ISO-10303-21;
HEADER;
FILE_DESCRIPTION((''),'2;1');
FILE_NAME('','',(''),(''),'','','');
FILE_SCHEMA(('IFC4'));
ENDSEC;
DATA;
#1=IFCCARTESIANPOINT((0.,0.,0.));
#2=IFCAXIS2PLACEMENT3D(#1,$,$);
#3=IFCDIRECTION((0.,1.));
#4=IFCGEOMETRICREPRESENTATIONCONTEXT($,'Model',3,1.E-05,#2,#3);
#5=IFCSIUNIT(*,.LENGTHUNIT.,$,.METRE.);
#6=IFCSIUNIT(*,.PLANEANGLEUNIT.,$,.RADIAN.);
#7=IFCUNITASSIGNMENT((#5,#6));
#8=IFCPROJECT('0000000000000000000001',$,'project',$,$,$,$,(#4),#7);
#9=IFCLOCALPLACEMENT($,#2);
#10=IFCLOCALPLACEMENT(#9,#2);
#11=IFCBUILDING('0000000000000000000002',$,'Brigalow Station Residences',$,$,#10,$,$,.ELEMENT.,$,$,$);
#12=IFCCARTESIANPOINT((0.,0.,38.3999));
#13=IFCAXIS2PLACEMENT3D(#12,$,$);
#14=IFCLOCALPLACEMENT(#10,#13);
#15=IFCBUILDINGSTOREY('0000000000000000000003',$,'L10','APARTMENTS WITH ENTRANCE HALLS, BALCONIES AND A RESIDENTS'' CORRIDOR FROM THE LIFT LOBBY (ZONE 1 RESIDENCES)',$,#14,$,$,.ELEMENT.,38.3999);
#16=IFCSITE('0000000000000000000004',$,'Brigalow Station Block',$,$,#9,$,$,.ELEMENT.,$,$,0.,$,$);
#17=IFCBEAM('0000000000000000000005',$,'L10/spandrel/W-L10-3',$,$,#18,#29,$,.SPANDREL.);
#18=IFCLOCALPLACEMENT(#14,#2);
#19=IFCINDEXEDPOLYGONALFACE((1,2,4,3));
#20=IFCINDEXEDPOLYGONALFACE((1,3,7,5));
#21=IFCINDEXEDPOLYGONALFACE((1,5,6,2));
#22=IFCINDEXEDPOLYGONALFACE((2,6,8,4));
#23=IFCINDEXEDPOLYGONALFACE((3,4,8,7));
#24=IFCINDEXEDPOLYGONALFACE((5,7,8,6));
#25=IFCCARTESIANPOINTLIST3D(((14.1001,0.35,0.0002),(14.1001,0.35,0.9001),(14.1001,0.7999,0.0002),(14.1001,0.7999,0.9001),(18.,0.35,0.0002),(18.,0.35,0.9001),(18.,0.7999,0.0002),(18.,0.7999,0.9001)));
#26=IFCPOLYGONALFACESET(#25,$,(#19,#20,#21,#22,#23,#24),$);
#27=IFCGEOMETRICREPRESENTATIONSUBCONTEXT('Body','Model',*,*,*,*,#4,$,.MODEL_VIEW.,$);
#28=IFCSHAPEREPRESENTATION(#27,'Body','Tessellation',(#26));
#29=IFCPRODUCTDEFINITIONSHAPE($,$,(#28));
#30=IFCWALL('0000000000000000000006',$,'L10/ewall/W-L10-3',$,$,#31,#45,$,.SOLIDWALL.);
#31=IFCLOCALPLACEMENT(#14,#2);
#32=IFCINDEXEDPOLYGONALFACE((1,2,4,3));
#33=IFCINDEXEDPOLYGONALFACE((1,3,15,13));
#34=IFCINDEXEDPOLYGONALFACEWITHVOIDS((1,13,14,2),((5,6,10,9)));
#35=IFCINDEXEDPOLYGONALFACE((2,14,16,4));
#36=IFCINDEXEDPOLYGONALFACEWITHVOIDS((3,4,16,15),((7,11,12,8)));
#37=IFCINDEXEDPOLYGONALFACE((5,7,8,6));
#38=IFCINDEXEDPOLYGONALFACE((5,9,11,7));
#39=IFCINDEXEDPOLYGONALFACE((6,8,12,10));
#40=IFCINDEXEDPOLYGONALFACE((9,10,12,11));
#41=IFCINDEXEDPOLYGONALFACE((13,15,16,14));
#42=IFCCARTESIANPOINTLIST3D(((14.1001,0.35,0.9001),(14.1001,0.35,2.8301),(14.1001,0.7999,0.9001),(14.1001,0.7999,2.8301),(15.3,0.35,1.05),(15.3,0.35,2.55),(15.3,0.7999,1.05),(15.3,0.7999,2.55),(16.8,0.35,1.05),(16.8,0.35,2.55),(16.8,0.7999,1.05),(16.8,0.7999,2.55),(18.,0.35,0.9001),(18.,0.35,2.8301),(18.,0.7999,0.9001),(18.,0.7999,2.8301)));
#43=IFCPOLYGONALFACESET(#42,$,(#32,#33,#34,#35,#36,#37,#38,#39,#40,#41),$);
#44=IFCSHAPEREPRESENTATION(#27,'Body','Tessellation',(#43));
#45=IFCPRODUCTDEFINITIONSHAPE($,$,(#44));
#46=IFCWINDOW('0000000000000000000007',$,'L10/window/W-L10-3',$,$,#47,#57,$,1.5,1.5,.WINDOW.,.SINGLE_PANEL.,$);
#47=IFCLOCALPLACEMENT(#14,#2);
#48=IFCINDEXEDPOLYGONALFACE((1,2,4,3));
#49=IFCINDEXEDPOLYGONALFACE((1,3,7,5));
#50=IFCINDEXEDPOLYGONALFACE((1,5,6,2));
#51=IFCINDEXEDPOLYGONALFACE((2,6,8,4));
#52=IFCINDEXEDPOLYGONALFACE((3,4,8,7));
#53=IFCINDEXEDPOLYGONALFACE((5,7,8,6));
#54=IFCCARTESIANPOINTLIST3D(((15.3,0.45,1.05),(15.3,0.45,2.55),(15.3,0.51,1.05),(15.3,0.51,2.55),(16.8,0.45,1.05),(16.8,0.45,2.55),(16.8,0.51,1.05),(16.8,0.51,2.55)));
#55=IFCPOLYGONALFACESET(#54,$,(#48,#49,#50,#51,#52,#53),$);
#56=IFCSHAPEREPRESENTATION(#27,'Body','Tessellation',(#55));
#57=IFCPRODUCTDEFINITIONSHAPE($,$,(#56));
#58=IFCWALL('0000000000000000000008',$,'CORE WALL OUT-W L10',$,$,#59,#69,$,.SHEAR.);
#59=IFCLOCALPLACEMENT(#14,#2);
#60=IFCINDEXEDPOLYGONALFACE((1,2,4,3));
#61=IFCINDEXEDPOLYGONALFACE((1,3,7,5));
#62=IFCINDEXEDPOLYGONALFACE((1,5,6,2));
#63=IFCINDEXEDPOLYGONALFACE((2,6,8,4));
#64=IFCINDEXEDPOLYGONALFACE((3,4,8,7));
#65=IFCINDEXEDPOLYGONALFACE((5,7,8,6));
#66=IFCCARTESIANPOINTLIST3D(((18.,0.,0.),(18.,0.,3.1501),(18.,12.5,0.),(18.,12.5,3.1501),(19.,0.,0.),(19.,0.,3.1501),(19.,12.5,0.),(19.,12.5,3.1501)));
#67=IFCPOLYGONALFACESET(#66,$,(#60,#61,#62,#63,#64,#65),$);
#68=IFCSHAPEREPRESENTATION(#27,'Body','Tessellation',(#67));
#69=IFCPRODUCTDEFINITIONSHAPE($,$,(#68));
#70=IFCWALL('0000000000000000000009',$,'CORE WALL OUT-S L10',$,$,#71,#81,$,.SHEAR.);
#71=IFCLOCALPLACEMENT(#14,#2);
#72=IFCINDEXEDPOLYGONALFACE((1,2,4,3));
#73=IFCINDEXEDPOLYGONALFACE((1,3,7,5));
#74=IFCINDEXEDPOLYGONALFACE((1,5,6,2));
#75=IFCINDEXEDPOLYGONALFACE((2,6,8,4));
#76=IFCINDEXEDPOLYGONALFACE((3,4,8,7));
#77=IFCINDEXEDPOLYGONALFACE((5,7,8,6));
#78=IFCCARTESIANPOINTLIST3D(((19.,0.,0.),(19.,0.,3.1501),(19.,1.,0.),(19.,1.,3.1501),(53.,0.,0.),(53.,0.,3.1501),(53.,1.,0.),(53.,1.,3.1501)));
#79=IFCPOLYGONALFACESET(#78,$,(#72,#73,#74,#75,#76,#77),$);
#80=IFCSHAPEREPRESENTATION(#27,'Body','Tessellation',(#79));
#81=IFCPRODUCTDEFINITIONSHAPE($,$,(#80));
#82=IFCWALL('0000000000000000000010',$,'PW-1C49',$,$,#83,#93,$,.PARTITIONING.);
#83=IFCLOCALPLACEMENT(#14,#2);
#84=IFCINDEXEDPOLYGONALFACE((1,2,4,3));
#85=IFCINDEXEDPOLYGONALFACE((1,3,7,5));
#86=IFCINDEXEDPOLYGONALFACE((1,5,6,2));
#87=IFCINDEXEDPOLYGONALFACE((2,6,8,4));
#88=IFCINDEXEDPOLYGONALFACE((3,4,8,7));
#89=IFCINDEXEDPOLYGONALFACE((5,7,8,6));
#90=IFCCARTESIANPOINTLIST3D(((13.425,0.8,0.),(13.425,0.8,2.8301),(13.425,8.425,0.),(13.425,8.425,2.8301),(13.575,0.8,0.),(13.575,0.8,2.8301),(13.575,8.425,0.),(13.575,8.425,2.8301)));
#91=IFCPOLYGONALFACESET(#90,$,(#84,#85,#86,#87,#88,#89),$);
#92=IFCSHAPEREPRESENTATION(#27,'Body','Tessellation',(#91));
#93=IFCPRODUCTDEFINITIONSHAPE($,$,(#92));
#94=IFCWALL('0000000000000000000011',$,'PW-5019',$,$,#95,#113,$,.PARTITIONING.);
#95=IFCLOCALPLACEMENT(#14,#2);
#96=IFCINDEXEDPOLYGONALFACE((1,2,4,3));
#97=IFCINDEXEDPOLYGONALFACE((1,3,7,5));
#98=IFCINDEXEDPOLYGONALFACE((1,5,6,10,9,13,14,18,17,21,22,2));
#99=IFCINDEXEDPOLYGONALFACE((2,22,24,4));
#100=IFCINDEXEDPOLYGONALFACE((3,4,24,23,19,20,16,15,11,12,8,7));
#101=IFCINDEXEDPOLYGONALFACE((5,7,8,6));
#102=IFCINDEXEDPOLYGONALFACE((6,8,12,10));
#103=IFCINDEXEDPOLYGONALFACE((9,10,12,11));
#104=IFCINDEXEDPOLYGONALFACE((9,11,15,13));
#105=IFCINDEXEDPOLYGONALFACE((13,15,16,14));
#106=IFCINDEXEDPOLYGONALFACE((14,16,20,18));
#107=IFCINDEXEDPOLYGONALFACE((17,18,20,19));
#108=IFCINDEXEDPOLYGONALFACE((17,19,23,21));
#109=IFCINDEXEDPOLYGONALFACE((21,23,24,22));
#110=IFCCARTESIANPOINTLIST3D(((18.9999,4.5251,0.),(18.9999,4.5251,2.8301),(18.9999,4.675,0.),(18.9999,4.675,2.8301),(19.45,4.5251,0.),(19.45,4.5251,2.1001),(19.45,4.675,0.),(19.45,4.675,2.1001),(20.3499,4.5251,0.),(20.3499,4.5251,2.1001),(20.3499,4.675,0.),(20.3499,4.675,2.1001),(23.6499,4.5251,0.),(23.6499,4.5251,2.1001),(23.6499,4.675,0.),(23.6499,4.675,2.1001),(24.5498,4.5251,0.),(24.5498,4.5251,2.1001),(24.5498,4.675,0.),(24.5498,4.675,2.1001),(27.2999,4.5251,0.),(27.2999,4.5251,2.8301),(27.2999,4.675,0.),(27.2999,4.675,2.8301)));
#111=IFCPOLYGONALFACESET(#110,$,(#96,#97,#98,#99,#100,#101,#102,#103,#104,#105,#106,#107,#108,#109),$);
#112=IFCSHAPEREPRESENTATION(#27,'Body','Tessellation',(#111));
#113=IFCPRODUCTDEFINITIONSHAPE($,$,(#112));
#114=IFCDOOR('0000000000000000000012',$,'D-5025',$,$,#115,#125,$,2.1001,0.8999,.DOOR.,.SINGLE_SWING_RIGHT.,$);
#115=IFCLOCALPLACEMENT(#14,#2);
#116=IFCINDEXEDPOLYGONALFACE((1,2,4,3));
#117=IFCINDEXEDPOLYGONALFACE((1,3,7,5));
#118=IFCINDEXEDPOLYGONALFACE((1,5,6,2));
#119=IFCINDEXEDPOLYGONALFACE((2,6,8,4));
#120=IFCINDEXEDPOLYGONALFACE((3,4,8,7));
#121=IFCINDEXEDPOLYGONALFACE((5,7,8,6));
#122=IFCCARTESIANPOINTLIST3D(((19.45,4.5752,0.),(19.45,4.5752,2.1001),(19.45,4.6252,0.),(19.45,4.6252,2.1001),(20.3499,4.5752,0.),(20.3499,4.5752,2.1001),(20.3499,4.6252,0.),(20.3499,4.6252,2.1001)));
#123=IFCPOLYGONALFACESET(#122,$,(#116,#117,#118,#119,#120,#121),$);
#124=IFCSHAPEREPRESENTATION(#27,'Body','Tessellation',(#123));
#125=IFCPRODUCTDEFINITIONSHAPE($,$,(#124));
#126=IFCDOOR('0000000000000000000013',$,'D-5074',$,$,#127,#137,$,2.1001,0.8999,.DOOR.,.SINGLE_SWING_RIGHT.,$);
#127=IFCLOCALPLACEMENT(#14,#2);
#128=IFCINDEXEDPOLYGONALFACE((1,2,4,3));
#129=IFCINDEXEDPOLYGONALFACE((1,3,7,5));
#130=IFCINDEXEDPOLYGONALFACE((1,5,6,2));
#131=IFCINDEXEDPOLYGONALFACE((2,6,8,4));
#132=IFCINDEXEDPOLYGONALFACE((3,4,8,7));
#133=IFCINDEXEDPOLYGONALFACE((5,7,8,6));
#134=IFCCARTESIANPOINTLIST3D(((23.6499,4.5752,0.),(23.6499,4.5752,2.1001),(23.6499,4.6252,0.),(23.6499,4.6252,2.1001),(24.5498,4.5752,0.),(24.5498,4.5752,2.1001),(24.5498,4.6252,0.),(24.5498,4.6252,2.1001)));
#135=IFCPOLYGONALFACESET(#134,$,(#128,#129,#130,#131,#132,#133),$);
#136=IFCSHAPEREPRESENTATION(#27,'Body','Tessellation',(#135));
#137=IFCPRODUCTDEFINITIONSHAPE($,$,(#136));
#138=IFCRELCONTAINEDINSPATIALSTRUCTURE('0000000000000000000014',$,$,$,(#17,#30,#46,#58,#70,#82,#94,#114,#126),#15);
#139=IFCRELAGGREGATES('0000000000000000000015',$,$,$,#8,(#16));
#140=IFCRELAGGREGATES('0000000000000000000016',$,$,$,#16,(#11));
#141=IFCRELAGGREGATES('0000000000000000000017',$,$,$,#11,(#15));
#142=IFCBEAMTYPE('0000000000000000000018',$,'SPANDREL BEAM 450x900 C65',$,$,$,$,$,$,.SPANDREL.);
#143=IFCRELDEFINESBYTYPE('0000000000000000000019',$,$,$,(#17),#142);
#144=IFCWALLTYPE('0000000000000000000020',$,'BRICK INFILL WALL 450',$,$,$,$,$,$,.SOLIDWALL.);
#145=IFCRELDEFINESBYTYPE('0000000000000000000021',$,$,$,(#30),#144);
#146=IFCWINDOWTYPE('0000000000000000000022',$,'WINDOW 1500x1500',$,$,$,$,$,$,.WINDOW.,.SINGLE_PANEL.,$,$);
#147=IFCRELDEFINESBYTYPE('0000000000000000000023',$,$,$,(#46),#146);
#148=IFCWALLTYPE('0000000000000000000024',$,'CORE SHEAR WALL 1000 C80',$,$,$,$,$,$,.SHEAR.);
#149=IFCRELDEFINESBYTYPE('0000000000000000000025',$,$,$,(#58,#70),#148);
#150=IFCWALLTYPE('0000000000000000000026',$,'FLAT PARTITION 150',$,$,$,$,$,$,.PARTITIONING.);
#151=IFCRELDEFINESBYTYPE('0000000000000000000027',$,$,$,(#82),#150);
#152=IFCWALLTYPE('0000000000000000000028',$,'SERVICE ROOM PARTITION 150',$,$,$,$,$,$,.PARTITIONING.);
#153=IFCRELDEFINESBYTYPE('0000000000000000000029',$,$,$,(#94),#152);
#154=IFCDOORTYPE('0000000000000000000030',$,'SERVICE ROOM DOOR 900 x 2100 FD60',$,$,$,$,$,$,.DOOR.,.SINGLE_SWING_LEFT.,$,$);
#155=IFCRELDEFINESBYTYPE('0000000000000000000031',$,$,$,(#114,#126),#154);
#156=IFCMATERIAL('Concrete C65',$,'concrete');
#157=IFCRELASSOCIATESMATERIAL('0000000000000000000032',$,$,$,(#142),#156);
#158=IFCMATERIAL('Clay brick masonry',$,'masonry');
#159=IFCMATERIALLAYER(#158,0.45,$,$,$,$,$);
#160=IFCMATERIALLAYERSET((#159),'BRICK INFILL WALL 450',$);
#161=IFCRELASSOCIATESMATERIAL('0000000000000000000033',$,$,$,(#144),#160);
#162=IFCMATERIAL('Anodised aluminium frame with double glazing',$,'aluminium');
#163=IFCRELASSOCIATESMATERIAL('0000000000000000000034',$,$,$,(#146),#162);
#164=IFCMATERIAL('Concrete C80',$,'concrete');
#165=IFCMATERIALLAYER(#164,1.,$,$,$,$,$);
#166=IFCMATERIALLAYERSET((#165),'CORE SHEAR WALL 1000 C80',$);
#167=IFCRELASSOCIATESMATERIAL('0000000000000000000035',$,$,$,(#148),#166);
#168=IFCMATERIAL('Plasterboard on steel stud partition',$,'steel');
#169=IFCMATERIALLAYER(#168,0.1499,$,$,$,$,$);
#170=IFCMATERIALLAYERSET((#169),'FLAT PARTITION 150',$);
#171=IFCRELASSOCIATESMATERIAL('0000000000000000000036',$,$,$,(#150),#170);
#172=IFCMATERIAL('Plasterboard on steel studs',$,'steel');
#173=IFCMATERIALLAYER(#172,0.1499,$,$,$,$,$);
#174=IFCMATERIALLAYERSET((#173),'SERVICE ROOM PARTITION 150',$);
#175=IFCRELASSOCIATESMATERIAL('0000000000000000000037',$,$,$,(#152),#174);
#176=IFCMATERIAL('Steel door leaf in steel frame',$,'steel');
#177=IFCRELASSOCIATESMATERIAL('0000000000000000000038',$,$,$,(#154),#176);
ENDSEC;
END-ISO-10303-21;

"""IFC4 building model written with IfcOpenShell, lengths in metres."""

from ifc_helpers import new_model, si_unit, direction, frame, frame_2d, origin, origin_2d, place, context, subcontext, project, spatial, rectangle, extrude, material, layer, layer_set, material_profile, profile_set, type_object, element, fill, save


model = new_model("IFC4")

# Units and contexts
model_context = context("Model", 3, precision=1e-05, world=origin(), true_north=direction((0.0, 1.0)))
body_context = subcontext(model_context, "Body", "Model", "MODEL_VIEW")
ifc_project = project(units=[si_unit("LENGTHUNIT", "METRE"), si_unit("PLANEANGLEUNIT", "RADIAN")], contexts=[model_context])

# Site, building, storey
site_placement = place(None, origin())
site = spatial("IfcSite", under=ifc_project, at=site_placement, Name="Brigalow Station Block", CompositionType="ELEMENT", RefElevation=0.0)
building_placement = place(site_placement, origin())
building = spatial("IfcBuilding", under=site, at=building_placement, Name="Brigalow Station Residences", CompositionType="ELEMENT")
storey_placement = place(building_placement, frame((0.0, 0.0, 38.3999)))
storey = spatial("IfcBuildingStorey", under=building, at=storey_placement, Name="L10", Description="APARTMENTS WITH ENTRANCE HALLS, BALCONIES AND A RESIDENTS' CORRIDOR FROM THE LIFT LOBBY (ZONE 1 RESIDENCES)", CompositionType="ELEMENT", Elevation=38.3999)

# Beam
ifc_material_1 = material(Name="Concrete C65", Category="concrete")
ifc_material_profile = material_profile(ifc_material_1, rectangle(XDim=0.45, YDim=0.8999, at=origin_2d()), Name="RC450x900")
ifc_profile_set = profile_set([ifc_material_profile], Name="Concrete C65")
beam_type = type_object("IfcBeamType", Name="SPANDREL BEAM 450x900 C65", PredefinedType="SPANDREL", material=ifc_profile_set)
beam_placement = place(storey_placement, frame((14.1001, 0.575, 0.4502), z_axis=(1.0, 0.0, 0.0), x_axis=(0.0, 1.0, 0.0)))
element("IfcBeam", 1, at=beam_placement, inside=storey, type_object=beam_type, Name="L10/spandrel/W-L10-3", PredefinedType="SPANDREL", context=body_context, shape_type="SweptSolid", body=[
    extrude(rectangle(XDim=0.45, YDim=0.8999, at=origin_2d()), origin(), (0.0, 0.0, 1.0), 3.8999),
])

# Wall, opening, window
ifc_material_2 = material(Name="Clay brick masonry", Category="masonry")
ifc_layer_1 = layer(ifc_material_2, 0.45)
ifc_layer_set_1 = layer_set([ifc_layer_1], Name="BRICK INFILL WALL 450")
wall_type_1 = type_object("IfcWallType", Name="BRICK INFILL WALL 450", PredefinedType="SOLIDWALL", material=ifc_layer_set_1)
wall_1_placement = place(storey_placement, frame((14.1001, 0.575, 0.9001), z_axis=(0.0, 0.0, 1.0), x_axis=(1.0, 0.0, 0.0)))
wall_1 = element("IfcWall", 2, at=wall_1_placement, inside=storey, type_object=wall_type_1, Name="L10/ewall/W-L10-3", PredefinedType="SOLIDWALL", context=body_context, shape_type="SweptSolid", body=[
    extrude(rectangle(XDim=3.8999, YDim=0.45, at=frame_2d((1.95, 0.0))), origin(), (0.0, 0.0, 1.0), 1.9299),
])
opening_1_placement = place(wall_1_placement, frame((1.2, 0.0, 0.1499)))
opening_1 = element("IfcOpeningElement", 3, at=opening_1_placement, cuts=wall_1, PredefinedType="OPENING", context=body_context, shape_type="SweptSolid", body=[
    extrude(rectangle(XDim=1.5, YDim=1.5, at=frame_2d((0.75, 0.75))), frame((0.0, 0.2349, 0.0), z_axis=(0.0, -1.0, 0.0), x_axis=(1.0, 0.0, 0.0)), (0.0, 0.0, 1.0), 0.47),
])
ifc_material_3 = material(Name="Anodised aluminium frame with double glazing", Category="aluminium")
window_type = type_object("IfcWindowType", Name="WINDOW 1500x1500", PartitioningType="SINGLE_PANEL", PredefinedType="WINDOW", material=ifc_material_3)
window_placement = place(opening_1_placement, origin())
window = element("IfcWindow", 4, at=window_placement, inside=storey, type_object=window_type, Name="L10/window/W-L10-3", OverallHeight=1.5, OverallWidth=1.5, PartitioningType="SINGLE_PANEL", PredefinedType="WINDOW", context=body_context, shape_type="SweptSolid", body=[
    extrude(rectangle(XDim=1.5, YDim=1.5, at=frame_2d((0.75, 0.75))), frame((0.0, -0.0649, 0.0), z_axis=(0.0, -1.0, 0.0), x_axis=(1.0, 0.0, 0.0)), (0.0, 0.0, 1.0), 0.0601),
])
fill(opening_1, window)

# Walls
ifc_material_4 = material(Name="Concrete C80", Category="concrete")
ifc_layer_2 = layer(ifc_material_4, 1.0)
ifc_layer_set_2 = layer_set([ifc_layer_2], Name="CORE SHEAR WALL 1000 C80")
wall_type_2 = type_object("IfcWallType", Name="CORE SHEAR WALL 1000 C80", PredefinedType="SHEAR", material=ifc_layer_set_2)
wall_2_placement = place(storey_placement, frame((18.5, 0.0, 0.0), z_axis=(0.0, 0.0, 1.0), x_axis=(0.0, 1.0, 0.0)))
element("IfcWall", 5, at=wall_2_placement, inside=storey, type_object=wall_type_2, Name="CORE WALL OUT-W L10", PredefinedType="SHEAR", context=body_context, shape_type="SweptSolid", body=[
    extrude(rectangle(XDim=12.5, YDim=1.0, at=frame_2d((6.25, 0.0))), origin(), (0.0, 0.0, 1.0), 3.1501),
])
wall_3_placement = place(storey_placement, frame((19.0, 0.5, 0.0), z_axis=(0.0, 0.0, 1.0), x_axis=(1.0, 0.0, 0.0)))
element("IfcWall", 6, at=wall_3_placement, inside=storey, type_object=wall_type_2, Name="CORE WALL OUT-S L10", PredefinedType="SHEAR", context=body_context, shape_type="SweptSolid", body=[
    extrude(rectangle(XDim=34.0, YDim=1.0, at=frame_2d((17.0, 0.0))), origin(), (0.0, 0.0, 1.0), 3.1501),
])
ifc_material_5 = material(Name="Plasterboard on steel stud partition", Category="steel")
ifc_layer_3 = layer(ifc_material_5, 0.1499)
ifc_layer_set_3 = layer_set([ifc_layer_3], Name="FLAT PARTITION 150")
wall_type_3 = type_object("IfcWallType", Name="FLAT PARTITION 150", PredefinedType="PARTITIONING", material=ifc_layer_set_3)
wall_4_placement = place(storey_placement, frame((13.5, 0.8, 0.0), z_axis=(0.0, 0.0, 1.0), x_axis=(0.0, 1.0, 0.0)))
element("IfcWall", 7, at=wall_4_placement, inside=storey, type_object=wall_type_3, Name="PW-1C49", PredefinedType="PARTITIONING", context=body_context, shape_type="SweptSolid", body=[
    extrude(rectangle(XDim=7.625, YDim=0.1499, at=frame_2d((3.8125, 0.0))), origin(), (0.0, 0.0, 1.0), 2.8301),
])

# Wall, openings, doors
ifc_material_6 = material(Name="Plasterboard on steel studs", Category="steel")
ifc_layer_4 = layer(ifc_material_6, 0.1499)
ifc_layer_set_4 = layer_set([ifc_layer_4], Name="SERVICE ROOM PARTITION 150")
wall_type_4 = type_object("IfcWallType", Name="SERVICE ROOM PARTITION 150", PredefinedType="PARTITIONING", material=ifc_layer_set_4)
wall_5_placement = place(storey_placement, frame((19.0, 4.6001, 0.0), z_axis=(0.0, 0.0, 1.0), x_axis=(1.0, 0.0, 0.0)))
wall_5 = element("IfcWall", 8, at=wall_5_placement, inside=storey, type_object=wall_type_4, Name="PW-5019", PredefinedType="PARTITIONING", context=body_context, shape_type="SweptSolid", body=[
    extrude(rectangle(XDim=8.3, YDim=0.1499, at=frame_2d((4.1499, 0.0))), origin(), (0.0, 0.0, 1.0), 2.8301),
])
opening_2_placement = place(wall_5_placement, frame((0.45, 0.0, 0.0)))
opening_2 = element("IfcOpeningElement", 9, at=opening_2_placement, cuts=wall_5, PredefinedType="OPENING", context=body_context, shape_type="SweptSolid", body=[
    extrude(rectangle(XDim=0.8999, YDim=2.1001, at=frame_2d((0.45, 1.05))), frame((0.0, 0.085, 0.0), z_axis=(0.0, -1.0, 0.0), x_axis=(1.0, 0.0, 0.0)), (0.0, 0.0, 1.0), 0.1699),
])
opening_3_placement = place(wall_5_placement, frame((4.6499, 0.0, 0.0)))
opening_3 = element("IfcOpeningElement", 10, at=opening_3_placement, cuts=wall_5, PredefinedType="OPENING", context=body_context, shape_type="SweptSolid", body=[
    extrude(rectangle(XDim=0.8999, YDim=2.1001, at=frame_2d((0.45, 1.05))), frame((0.0, 0.085, 0.0), z_axis=(0.0, -1.0, 0.0), x_axis=(1.0, 0.0, 0.0)), (0.0, 0.0, 1.0), 0.1699),
])
ifc_material_7 = material(Name="Steel door leaf in steel frame", Category="steel")
door_type = type_object("IfcDoorType", Name="SERVICE ROOM DOOR 900 x 2100 FD60", OperationType="SINGLE_SWING_LEFT", PredefinedType="DOOR", material=ifc_material_7)
door_1_placement = place(opening_2_placement, frame((0.8999, 0.0, 0.0), z_axis=(0.0, 0.0, 1.0), x_axis=(-1.0, 0.0, 0.0)))
door_1 = element("IfcDoor", 11, at=door_1_placement, inside=storey, type_object=door_type, Name="D-5025", OperationType="SINGLE_SWING_RIGHT", OverallHeight=2.1001, OverallWidth=0.8999, PredefinedType="DOOR", context=body_context, shape_type="SweptSolid", body=[
    extrude(rectangle(XDim=0.8999, YDim=2.1001, at=frame_2d((0.45, 1.05))), frame((0.0, 0.0249, 0.0), z_axis=(0.0, -1.0, 0.0), x_axis=(1.0, 0.0, 0.0)), (0.0, 0.0, 1.0), 0.05),
])
fill(opening_2, door_1)
door_2_placement = place(opening_3_placement, frame((0.8999, 0.0, 0.0), z_axis=(0.0, 0.0, 1.0), x_axis=(-1.0, 0.0, 0.0)))
door_2 = element("IfcDoor", 12, at=door_2_placement, inside=storey, type_object=door_type, Name="D-5074", OperationType="SINGLE_SWING_RIGHT", OverallHeight=2.1001, OverallWidth=0.8999, PredefinedType="DOOR", context=body_context, shape_type="SweptSolid", body=[
    extrude(rectangle(XDim=0.8999, YDim=2.1001, at=frame_2d((0.45, 1.05))), frame((0.0, 0.0249, 0.0), z_axis=(0.0, -1.0, 0.0), x_axis=(1.0, 0.0, 0.0)), (0.0, 0.0, 1.0), 0.05),
])
fill(opening_3, door_2)

save(model, "model.ifc")
